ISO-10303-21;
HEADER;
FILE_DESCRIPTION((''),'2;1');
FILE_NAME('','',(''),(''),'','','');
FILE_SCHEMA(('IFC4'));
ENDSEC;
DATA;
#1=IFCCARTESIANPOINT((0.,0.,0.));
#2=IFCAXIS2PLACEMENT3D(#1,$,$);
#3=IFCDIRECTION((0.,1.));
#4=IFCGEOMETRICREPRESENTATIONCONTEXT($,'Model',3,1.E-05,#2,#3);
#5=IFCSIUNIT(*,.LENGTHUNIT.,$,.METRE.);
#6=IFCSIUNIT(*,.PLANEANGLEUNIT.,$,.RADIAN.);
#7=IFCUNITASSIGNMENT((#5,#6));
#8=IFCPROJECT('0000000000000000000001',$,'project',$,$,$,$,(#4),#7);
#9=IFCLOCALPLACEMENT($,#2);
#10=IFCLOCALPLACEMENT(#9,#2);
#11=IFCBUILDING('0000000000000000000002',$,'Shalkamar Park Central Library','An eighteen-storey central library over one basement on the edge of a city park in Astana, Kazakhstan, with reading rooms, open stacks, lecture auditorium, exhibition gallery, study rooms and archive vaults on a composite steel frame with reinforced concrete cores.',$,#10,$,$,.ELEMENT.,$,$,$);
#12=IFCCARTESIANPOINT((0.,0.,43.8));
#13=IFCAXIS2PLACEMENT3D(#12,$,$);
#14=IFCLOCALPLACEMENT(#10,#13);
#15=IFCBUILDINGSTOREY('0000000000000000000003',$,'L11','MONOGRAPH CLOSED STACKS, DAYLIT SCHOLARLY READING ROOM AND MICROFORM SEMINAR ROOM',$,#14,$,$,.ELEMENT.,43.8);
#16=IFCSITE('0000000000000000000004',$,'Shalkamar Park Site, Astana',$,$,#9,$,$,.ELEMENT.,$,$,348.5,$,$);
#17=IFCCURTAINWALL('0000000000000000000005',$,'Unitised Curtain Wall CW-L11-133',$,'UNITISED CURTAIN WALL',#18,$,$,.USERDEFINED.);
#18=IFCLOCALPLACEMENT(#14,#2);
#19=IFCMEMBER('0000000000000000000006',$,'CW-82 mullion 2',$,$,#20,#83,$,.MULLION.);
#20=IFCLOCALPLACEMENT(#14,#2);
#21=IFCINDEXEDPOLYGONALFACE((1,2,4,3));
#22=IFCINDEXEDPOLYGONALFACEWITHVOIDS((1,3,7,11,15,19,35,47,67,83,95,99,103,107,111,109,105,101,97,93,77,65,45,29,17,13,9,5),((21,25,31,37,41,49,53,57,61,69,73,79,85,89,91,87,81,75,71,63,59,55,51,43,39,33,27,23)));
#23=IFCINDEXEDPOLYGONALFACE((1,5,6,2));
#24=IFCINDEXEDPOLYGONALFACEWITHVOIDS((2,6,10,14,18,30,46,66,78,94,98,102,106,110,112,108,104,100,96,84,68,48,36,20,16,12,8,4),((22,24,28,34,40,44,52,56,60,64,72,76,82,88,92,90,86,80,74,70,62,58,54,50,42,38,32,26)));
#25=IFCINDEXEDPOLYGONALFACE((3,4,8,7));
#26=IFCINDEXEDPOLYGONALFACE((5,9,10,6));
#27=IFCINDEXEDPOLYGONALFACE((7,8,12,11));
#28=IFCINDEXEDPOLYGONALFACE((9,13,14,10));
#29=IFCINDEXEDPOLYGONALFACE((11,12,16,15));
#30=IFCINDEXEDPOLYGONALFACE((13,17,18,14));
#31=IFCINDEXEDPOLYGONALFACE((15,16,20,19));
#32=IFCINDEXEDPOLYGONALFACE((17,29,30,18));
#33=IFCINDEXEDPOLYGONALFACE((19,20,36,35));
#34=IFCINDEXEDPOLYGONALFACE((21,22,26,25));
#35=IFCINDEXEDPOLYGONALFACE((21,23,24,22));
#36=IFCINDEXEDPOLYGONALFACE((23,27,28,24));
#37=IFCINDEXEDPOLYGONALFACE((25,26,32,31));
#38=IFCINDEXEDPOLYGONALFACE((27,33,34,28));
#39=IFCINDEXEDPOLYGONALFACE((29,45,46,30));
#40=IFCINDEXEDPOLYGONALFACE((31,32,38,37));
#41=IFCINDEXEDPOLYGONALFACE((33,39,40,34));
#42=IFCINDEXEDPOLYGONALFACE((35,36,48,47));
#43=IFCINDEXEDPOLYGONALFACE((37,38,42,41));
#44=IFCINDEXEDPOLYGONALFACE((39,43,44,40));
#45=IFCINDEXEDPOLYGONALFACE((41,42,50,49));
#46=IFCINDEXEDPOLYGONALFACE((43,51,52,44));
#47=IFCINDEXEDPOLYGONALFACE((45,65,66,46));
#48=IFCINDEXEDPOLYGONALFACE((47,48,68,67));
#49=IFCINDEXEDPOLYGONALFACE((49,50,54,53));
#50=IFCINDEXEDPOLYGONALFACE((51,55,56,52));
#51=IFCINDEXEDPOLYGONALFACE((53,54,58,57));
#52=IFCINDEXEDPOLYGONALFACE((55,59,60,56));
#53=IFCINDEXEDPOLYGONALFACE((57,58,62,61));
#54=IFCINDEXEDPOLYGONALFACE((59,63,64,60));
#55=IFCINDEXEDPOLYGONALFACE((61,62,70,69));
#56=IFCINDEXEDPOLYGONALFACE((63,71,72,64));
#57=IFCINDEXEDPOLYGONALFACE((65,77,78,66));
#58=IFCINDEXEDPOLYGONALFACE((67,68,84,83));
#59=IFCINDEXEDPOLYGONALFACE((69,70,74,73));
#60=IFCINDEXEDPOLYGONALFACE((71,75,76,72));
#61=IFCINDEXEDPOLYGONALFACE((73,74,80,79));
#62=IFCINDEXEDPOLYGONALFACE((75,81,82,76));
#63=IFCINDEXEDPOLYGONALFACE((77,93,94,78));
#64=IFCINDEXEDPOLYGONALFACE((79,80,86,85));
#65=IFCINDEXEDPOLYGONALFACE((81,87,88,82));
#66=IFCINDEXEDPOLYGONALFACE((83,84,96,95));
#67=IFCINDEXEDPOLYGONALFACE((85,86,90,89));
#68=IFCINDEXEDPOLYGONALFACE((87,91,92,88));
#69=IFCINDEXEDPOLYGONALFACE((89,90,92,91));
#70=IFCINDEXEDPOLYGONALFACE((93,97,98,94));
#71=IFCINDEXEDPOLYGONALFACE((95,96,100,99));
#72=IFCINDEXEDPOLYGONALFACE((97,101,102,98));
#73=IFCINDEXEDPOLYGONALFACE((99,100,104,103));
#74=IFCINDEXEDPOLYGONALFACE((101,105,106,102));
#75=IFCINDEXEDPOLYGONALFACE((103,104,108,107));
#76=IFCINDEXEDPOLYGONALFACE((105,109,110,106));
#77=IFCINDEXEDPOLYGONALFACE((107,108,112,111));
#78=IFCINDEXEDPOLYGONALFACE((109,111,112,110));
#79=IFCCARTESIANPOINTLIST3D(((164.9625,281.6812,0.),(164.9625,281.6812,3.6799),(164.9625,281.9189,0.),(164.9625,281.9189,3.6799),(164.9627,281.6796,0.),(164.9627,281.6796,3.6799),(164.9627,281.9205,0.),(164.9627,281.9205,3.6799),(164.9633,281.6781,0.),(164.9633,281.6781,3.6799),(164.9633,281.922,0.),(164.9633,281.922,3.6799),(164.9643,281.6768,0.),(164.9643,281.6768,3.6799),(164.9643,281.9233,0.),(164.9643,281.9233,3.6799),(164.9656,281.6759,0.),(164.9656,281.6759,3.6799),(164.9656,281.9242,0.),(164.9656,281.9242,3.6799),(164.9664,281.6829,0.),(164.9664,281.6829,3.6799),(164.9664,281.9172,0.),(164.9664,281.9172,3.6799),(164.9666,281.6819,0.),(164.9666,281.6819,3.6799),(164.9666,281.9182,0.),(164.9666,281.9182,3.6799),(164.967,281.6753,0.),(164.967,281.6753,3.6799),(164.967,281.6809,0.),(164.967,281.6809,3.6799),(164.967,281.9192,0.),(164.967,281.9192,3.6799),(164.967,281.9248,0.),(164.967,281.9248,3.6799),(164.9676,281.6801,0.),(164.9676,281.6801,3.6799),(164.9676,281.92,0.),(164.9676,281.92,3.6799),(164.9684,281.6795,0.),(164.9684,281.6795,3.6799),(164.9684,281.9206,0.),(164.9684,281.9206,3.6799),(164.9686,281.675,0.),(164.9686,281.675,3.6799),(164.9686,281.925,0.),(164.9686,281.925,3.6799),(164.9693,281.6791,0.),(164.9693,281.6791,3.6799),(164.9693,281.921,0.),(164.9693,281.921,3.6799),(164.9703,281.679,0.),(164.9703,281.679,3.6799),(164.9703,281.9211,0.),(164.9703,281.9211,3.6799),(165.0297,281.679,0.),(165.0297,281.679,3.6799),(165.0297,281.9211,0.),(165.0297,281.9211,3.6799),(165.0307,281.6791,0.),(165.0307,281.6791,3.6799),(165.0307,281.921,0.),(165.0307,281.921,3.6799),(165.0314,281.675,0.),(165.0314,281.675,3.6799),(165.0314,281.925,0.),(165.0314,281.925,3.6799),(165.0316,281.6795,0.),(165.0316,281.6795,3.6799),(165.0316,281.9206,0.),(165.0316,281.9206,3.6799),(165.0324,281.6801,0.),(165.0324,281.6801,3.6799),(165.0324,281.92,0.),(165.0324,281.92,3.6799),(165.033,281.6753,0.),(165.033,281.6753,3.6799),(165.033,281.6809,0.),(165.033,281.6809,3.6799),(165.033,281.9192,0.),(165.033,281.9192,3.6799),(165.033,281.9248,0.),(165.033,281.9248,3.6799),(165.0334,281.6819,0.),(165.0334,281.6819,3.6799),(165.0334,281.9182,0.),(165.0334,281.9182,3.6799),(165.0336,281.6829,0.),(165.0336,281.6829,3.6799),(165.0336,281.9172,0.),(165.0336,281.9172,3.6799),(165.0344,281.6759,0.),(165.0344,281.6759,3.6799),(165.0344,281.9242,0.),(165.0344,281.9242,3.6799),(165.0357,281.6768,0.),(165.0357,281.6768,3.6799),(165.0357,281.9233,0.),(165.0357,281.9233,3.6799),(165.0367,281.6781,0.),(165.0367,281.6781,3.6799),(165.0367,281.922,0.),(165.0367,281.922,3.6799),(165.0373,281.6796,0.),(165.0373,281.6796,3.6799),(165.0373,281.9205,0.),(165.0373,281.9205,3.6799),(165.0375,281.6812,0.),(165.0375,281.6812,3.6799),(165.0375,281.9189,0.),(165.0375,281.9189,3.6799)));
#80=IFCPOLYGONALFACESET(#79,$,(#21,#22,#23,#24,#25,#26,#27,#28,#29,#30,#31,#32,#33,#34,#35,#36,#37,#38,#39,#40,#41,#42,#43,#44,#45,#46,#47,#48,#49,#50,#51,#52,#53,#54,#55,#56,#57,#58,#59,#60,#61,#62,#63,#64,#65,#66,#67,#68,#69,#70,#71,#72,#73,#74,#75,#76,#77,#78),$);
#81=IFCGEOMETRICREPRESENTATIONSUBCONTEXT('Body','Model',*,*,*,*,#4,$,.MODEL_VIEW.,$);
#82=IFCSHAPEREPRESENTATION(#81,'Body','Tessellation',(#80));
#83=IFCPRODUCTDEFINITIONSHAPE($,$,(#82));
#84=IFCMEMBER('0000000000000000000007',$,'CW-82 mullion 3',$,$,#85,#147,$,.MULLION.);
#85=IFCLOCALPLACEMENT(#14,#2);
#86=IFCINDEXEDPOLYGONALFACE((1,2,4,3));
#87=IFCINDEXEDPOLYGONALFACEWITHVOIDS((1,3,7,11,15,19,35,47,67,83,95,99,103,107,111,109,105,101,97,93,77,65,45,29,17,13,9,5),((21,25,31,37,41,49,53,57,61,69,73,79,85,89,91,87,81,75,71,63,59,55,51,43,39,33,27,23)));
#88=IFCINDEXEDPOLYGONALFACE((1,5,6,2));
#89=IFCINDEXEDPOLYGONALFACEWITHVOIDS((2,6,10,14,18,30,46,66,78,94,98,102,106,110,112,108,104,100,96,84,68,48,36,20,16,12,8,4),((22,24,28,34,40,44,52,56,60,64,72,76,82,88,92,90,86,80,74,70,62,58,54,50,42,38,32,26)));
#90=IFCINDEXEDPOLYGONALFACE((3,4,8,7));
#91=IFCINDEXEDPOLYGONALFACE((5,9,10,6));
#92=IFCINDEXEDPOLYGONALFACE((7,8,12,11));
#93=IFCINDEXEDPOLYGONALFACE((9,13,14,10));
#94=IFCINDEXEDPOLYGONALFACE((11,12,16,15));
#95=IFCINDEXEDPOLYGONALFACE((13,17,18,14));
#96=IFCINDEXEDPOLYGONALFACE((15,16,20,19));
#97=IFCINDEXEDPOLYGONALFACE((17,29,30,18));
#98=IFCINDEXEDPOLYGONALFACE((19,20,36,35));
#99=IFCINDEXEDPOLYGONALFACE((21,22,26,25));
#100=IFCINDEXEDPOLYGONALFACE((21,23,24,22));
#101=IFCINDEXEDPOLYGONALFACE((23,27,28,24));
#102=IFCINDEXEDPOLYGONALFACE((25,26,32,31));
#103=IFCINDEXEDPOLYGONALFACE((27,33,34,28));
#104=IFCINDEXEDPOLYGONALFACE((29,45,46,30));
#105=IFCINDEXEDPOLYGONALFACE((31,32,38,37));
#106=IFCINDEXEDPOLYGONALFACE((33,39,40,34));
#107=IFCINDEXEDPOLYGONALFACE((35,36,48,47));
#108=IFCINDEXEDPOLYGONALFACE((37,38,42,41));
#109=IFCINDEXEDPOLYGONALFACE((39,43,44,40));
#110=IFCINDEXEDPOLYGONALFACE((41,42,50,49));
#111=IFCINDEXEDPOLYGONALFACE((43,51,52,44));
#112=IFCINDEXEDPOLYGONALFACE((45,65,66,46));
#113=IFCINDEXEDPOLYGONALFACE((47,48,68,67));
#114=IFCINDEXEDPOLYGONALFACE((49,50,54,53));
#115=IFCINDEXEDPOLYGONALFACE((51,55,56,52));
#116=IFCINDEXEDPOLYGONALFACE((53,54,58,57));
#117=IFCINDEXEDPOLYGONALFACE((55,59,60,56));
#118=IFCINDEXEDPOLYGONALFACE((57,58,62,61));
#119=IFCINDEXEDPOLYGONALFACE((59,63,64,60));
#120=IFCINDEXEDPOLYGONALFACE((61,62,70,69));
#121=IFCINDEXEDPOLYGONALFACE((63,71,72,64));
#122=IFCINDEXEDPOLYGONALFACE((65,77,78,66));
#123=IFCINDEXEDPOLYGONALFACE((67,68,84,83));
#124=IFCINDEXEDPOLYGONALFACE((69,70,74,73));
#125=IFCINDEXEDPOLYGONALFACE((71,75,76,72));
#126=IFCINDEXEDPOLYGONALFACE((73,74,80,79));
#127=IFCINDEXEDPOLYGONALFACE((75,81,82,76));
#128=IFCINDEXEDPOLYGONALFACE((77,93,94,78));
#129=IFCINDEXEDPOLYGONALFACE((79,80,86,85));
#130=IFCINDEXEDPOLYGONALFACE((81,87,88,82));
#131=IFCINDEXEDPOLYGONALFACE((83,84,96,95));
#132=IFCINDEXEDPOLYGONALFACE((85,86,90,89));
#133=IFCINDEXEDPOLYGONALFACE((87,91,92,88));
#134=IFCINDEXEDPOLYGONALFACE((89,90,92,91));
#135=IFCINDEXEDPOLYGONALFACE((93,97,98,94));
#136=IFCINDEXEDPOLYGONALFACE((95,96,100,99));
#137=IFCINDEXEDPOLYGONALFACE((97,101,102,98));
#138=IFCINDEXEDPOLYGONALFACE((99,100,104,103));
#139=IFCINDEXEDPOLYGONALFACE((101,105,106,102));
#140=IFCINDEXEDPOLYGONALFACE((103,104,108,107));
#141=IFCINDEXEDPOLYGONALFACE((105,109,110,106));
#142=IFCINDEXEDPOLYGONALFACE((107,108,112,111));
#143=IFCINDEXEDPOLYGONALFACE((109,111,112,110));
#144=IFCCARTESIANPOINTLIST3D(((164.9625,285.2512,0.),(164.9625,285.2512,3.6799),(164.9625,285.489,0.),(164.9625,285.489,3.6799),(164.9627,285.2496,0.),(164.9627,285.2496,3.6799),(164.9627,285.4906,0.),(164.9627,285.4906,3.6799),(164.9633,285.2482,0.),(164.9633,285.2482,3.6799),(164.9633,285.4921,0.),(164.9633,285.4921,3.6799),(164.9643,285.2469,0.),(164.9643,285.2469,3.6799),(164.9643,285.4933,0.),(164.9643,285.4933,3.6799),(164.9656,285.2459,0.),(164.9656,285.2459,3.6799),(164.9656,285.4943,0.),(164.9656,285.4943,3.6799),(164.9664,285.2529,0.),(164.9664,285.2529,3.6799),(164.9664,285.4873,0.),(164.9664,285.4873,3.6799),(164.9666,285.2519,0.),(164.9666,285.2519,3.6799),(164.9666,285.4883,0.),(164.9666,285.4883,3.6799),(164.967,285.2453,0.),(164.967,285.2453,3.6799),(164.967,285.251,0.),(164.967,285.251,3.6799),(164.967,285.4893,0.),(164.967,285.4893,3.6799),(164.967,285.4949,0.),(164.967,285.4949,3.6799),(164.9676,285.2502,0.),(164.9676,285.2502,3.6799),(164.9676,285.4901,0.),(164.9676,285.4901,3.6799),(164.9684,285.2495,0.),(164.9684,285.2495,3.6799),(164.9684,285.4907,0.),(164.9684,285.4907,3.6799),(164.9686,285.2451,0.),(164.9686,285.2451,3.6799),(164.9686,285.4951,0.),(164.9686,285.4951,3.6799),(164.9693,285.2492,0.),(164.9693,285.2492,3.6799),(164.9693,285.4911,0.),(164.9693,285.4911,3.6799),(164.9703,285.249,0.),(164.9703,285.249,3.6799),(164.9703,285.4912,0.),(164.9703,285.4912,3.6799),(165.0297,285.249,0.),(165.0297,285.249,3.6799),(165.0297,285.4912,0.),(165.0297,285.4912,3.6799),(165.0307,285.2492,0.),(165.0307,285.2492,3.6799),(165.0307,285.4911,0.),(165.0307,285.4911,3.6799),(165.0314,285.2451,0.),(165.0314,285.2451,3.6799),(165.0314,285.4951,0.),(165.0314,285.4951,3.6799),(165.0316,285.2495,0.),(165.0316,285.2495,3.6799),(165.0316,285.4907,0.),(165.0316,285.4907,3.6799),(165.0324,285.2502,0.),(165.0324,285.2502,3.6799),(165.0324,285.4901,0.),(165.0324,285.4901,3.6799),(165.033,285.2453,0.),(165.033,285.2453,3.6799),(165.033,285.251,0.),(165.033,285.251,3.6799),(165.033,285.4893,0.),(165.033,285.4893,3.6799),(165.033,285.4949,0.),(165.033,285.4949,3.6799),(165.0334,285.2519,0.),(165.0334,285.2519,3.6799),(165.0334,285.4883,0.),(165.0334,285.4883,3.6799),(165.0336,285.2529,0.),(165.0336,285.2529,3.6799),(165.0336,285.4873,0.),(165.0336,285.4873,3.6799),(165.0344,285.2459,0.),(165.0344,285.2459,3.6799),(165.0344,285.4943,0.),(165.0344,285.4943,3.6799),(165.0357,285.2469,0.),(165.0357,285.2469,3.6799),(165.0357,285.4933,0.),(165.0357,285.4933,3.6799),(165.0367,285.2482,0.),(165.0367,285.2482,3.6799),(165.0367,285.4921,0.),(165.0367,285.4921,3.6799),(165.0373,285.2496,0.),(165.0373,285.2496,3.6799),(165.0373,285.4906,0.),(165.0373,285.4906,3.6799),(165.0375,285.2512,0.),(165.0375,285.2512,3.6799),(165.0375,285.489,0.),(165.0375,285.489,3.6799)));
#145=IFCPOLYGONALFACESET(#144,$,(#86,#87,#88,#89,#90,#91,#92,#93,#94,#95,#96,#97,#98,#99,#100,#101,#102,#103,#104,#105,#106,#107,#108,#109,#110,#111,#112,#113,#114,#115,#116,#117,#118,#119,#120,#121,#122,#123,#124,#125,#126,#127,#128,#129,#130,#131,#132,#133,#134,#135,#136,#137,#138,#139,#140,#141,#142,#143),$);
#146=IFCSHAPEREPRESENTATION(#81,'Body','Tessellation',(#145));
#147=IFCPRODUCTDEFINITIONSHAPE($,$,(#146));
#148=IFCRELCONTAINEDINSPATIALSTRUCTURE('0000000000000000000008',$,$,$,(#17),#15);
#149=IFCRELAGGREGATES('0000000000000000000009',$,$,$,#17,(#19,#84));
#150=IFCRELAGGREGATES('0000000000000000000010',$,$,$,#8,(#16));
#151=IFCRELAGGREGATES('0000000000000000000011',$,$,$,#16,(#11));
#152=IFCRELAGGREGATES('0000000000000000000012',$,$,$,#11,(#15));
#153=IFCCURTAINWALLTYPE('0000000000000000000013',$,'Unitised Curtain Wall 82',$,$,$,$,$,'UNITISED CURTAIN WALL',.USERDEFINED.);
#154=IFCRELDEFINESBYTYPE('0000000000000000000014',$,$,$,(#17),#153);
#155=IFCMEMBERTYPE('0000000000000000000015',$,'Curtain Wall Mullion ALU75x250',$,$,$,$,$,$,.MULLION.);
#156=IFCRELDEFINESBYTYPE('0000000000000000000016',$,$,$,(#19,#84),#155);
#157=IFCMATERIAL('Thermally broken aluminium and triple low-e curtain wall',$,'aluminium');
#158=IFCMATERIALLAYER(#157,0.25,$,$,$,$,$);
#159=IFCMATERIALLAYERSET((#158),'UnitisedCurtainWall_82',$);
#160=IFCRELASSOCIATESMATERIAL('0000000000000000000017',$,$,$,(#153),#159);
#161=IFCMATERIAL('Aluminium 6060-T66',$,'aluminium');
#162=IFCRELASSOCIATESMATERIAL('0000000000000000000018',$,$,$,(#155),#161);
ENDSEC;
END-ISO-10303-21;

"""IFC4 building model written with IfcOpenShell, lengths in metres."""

from ifc_helpers import new_model, si_unit, direction, frame, origin, origin_2d, place, context, subcontext, project, spatial, hollow_rectangle, extrude, material, layer, layer_set, material_profile, profile_set, type_object, element, aggregate, save


model = new_model("IFC4")

# Units and contexts
model_context = context("Model", 3, precision=1e-05, world=origin(), true_north=direction((0.0, 1.0)))
body_context = subcontext(model_context, "Body", "Model", "MODEL_VIEW")
ifc_project = project(units=[si_unit("LENGTHUNIT", "METRE"), si_unit("PLANEANGLEUNIT", "RADIAN")], contexts=[model_context])

# Site, building, storey
site_placement = place(None, origin())
site = spatial("IfcSite", under=ifc_project, at=site_placement, Name="Shalkamar Park Site, Astana", CompositionType="ELEMENT", RefElevation=348.5)
building_placement = place(site_placement, origin())
building = spatial("IfcBuilding", under=site, at=building_placement, Name="Shalkamar Park Central Library", Description="An eighteen-storey central library over one basement on the edge of a city park in Astana, Kazakhstan, with reading rooms, open stacks, lecture auditorium, exhibition gallery, study rooms and archive vaults on a composite steel frame with reinforced concrete cores.", CompositionType="ELEMENT")
storey_placement = place(building_placement, frame((0.0, 0.0, 43.8)))
storey = spatial("IfcBuildingStorey", under=building, at=storey_placement, Name="L11", Description="MONOGRAPH CLOSED STACKS, DAYLIT SCHOLARLY READING ROOM AND MICROFORM SEMINAR ROOM", CompositionType="ELEMENT", Elevation=43.8)

# Curtain wall, members
ifc_material_1 = material(Name="Thermally broken aluminium and triple low-e curtain wall", Category="aluminium")
ifc_layer_1 = layer(ifc_material_1, 0.25)
ifc_layer_set_1 = layer_set([ifc_layer_1], Name="UnitisedCurtainWall_82")
curtain_wall_type_1 = type_object("IfcCurtainWallType", Name="Unitised Curtain Wall 82", ElementType="UNITISED CURTAIN WALL", PredefinedType="USERDEFINED", material=ifc_layer_set_1)
curtain_wall_1_placement = place(storey_placement, origin())
curtain_wall_1 = element("IfcCurtainWall", 1, at=curtain_wall_1_placement, inside=storey, type_object=curtain_wall_type_1, Name="Unitised Curtain Wall CW-L11-133", ObjectType="UNITISED CURTAIN WALL", PredefinedType="USERDEFINED")
ifc_material_2 = material(Name="Aluminium 6060-T66", Category="aluminium")
ifc_material_profile_1 = material_profile(ifc_material_2, hollow_rectangle(XDim=0.075, YDim=0.25, WallThickness=0.0039, InnerFilletRadius=0.0039, OuterFilletRadius=0.0061, at=origin_2d()), Name="ALU 75x250x4")
ifc_profile_set_1 = profile_set([ifc_material_profile_1], Name="Aluminium 6060-T66")
member_type_1 = type_object("IfcMemberType", Name="Curtain Wall Mullion ALU75x250", PredefinedType="MULLION", material=ifc_profile_set_1)
member_1_placement = place(storey_placement, frame((165.0, 281.8, 0.0), z_axis=(0.0, 0.0, 1.0), x_axis=(-1.0, 0.0, 0.0)))
member_1 = element("IfcMember", 2, at=member_1_placement, type_object=member_type_1, Name="CW-82 mullion 2", PredefinedType="MULLION", context=body_context, shape_type="SweptSolid", body=[
    extrude(hollow_rectangle(XDim=0.075, YDim=0.25, WallThickness=0.0039, InnerFilletRadius=0.0039, OuterFilletRadius=0.0061, at=origin_2d()), origin(), (0.0, 0.0, 1.0), 3.6799),
])
member_2_placement = place(storey_placement, frame((165.0, 285.3701, 0.0), z_axis=(0.0, 0.0, 1.0), x_axis=(-1.0, 0.0, 0.0)))
member_2 = element("IfcMember", 3, at=member_2_placement, type_object=member_type_1, Name="CW-82 mullion 3", PredefinedType="MULLION", context=body_context, shape_type="SweptSolid", body=[
    extrude(hollow_rectangle(XDim=0.075, YDim=0.25, WallThickness=0.0039, InnerFilletRadius=0.0039, OuterFilletRadius=0.0061, at=origin_2d()), origin(), (0.0, 0.0, 1.0), 3.6799),
])

aggregate(curtain_wall_1, [member_1, member_2])

save(model, "model.ifc")
